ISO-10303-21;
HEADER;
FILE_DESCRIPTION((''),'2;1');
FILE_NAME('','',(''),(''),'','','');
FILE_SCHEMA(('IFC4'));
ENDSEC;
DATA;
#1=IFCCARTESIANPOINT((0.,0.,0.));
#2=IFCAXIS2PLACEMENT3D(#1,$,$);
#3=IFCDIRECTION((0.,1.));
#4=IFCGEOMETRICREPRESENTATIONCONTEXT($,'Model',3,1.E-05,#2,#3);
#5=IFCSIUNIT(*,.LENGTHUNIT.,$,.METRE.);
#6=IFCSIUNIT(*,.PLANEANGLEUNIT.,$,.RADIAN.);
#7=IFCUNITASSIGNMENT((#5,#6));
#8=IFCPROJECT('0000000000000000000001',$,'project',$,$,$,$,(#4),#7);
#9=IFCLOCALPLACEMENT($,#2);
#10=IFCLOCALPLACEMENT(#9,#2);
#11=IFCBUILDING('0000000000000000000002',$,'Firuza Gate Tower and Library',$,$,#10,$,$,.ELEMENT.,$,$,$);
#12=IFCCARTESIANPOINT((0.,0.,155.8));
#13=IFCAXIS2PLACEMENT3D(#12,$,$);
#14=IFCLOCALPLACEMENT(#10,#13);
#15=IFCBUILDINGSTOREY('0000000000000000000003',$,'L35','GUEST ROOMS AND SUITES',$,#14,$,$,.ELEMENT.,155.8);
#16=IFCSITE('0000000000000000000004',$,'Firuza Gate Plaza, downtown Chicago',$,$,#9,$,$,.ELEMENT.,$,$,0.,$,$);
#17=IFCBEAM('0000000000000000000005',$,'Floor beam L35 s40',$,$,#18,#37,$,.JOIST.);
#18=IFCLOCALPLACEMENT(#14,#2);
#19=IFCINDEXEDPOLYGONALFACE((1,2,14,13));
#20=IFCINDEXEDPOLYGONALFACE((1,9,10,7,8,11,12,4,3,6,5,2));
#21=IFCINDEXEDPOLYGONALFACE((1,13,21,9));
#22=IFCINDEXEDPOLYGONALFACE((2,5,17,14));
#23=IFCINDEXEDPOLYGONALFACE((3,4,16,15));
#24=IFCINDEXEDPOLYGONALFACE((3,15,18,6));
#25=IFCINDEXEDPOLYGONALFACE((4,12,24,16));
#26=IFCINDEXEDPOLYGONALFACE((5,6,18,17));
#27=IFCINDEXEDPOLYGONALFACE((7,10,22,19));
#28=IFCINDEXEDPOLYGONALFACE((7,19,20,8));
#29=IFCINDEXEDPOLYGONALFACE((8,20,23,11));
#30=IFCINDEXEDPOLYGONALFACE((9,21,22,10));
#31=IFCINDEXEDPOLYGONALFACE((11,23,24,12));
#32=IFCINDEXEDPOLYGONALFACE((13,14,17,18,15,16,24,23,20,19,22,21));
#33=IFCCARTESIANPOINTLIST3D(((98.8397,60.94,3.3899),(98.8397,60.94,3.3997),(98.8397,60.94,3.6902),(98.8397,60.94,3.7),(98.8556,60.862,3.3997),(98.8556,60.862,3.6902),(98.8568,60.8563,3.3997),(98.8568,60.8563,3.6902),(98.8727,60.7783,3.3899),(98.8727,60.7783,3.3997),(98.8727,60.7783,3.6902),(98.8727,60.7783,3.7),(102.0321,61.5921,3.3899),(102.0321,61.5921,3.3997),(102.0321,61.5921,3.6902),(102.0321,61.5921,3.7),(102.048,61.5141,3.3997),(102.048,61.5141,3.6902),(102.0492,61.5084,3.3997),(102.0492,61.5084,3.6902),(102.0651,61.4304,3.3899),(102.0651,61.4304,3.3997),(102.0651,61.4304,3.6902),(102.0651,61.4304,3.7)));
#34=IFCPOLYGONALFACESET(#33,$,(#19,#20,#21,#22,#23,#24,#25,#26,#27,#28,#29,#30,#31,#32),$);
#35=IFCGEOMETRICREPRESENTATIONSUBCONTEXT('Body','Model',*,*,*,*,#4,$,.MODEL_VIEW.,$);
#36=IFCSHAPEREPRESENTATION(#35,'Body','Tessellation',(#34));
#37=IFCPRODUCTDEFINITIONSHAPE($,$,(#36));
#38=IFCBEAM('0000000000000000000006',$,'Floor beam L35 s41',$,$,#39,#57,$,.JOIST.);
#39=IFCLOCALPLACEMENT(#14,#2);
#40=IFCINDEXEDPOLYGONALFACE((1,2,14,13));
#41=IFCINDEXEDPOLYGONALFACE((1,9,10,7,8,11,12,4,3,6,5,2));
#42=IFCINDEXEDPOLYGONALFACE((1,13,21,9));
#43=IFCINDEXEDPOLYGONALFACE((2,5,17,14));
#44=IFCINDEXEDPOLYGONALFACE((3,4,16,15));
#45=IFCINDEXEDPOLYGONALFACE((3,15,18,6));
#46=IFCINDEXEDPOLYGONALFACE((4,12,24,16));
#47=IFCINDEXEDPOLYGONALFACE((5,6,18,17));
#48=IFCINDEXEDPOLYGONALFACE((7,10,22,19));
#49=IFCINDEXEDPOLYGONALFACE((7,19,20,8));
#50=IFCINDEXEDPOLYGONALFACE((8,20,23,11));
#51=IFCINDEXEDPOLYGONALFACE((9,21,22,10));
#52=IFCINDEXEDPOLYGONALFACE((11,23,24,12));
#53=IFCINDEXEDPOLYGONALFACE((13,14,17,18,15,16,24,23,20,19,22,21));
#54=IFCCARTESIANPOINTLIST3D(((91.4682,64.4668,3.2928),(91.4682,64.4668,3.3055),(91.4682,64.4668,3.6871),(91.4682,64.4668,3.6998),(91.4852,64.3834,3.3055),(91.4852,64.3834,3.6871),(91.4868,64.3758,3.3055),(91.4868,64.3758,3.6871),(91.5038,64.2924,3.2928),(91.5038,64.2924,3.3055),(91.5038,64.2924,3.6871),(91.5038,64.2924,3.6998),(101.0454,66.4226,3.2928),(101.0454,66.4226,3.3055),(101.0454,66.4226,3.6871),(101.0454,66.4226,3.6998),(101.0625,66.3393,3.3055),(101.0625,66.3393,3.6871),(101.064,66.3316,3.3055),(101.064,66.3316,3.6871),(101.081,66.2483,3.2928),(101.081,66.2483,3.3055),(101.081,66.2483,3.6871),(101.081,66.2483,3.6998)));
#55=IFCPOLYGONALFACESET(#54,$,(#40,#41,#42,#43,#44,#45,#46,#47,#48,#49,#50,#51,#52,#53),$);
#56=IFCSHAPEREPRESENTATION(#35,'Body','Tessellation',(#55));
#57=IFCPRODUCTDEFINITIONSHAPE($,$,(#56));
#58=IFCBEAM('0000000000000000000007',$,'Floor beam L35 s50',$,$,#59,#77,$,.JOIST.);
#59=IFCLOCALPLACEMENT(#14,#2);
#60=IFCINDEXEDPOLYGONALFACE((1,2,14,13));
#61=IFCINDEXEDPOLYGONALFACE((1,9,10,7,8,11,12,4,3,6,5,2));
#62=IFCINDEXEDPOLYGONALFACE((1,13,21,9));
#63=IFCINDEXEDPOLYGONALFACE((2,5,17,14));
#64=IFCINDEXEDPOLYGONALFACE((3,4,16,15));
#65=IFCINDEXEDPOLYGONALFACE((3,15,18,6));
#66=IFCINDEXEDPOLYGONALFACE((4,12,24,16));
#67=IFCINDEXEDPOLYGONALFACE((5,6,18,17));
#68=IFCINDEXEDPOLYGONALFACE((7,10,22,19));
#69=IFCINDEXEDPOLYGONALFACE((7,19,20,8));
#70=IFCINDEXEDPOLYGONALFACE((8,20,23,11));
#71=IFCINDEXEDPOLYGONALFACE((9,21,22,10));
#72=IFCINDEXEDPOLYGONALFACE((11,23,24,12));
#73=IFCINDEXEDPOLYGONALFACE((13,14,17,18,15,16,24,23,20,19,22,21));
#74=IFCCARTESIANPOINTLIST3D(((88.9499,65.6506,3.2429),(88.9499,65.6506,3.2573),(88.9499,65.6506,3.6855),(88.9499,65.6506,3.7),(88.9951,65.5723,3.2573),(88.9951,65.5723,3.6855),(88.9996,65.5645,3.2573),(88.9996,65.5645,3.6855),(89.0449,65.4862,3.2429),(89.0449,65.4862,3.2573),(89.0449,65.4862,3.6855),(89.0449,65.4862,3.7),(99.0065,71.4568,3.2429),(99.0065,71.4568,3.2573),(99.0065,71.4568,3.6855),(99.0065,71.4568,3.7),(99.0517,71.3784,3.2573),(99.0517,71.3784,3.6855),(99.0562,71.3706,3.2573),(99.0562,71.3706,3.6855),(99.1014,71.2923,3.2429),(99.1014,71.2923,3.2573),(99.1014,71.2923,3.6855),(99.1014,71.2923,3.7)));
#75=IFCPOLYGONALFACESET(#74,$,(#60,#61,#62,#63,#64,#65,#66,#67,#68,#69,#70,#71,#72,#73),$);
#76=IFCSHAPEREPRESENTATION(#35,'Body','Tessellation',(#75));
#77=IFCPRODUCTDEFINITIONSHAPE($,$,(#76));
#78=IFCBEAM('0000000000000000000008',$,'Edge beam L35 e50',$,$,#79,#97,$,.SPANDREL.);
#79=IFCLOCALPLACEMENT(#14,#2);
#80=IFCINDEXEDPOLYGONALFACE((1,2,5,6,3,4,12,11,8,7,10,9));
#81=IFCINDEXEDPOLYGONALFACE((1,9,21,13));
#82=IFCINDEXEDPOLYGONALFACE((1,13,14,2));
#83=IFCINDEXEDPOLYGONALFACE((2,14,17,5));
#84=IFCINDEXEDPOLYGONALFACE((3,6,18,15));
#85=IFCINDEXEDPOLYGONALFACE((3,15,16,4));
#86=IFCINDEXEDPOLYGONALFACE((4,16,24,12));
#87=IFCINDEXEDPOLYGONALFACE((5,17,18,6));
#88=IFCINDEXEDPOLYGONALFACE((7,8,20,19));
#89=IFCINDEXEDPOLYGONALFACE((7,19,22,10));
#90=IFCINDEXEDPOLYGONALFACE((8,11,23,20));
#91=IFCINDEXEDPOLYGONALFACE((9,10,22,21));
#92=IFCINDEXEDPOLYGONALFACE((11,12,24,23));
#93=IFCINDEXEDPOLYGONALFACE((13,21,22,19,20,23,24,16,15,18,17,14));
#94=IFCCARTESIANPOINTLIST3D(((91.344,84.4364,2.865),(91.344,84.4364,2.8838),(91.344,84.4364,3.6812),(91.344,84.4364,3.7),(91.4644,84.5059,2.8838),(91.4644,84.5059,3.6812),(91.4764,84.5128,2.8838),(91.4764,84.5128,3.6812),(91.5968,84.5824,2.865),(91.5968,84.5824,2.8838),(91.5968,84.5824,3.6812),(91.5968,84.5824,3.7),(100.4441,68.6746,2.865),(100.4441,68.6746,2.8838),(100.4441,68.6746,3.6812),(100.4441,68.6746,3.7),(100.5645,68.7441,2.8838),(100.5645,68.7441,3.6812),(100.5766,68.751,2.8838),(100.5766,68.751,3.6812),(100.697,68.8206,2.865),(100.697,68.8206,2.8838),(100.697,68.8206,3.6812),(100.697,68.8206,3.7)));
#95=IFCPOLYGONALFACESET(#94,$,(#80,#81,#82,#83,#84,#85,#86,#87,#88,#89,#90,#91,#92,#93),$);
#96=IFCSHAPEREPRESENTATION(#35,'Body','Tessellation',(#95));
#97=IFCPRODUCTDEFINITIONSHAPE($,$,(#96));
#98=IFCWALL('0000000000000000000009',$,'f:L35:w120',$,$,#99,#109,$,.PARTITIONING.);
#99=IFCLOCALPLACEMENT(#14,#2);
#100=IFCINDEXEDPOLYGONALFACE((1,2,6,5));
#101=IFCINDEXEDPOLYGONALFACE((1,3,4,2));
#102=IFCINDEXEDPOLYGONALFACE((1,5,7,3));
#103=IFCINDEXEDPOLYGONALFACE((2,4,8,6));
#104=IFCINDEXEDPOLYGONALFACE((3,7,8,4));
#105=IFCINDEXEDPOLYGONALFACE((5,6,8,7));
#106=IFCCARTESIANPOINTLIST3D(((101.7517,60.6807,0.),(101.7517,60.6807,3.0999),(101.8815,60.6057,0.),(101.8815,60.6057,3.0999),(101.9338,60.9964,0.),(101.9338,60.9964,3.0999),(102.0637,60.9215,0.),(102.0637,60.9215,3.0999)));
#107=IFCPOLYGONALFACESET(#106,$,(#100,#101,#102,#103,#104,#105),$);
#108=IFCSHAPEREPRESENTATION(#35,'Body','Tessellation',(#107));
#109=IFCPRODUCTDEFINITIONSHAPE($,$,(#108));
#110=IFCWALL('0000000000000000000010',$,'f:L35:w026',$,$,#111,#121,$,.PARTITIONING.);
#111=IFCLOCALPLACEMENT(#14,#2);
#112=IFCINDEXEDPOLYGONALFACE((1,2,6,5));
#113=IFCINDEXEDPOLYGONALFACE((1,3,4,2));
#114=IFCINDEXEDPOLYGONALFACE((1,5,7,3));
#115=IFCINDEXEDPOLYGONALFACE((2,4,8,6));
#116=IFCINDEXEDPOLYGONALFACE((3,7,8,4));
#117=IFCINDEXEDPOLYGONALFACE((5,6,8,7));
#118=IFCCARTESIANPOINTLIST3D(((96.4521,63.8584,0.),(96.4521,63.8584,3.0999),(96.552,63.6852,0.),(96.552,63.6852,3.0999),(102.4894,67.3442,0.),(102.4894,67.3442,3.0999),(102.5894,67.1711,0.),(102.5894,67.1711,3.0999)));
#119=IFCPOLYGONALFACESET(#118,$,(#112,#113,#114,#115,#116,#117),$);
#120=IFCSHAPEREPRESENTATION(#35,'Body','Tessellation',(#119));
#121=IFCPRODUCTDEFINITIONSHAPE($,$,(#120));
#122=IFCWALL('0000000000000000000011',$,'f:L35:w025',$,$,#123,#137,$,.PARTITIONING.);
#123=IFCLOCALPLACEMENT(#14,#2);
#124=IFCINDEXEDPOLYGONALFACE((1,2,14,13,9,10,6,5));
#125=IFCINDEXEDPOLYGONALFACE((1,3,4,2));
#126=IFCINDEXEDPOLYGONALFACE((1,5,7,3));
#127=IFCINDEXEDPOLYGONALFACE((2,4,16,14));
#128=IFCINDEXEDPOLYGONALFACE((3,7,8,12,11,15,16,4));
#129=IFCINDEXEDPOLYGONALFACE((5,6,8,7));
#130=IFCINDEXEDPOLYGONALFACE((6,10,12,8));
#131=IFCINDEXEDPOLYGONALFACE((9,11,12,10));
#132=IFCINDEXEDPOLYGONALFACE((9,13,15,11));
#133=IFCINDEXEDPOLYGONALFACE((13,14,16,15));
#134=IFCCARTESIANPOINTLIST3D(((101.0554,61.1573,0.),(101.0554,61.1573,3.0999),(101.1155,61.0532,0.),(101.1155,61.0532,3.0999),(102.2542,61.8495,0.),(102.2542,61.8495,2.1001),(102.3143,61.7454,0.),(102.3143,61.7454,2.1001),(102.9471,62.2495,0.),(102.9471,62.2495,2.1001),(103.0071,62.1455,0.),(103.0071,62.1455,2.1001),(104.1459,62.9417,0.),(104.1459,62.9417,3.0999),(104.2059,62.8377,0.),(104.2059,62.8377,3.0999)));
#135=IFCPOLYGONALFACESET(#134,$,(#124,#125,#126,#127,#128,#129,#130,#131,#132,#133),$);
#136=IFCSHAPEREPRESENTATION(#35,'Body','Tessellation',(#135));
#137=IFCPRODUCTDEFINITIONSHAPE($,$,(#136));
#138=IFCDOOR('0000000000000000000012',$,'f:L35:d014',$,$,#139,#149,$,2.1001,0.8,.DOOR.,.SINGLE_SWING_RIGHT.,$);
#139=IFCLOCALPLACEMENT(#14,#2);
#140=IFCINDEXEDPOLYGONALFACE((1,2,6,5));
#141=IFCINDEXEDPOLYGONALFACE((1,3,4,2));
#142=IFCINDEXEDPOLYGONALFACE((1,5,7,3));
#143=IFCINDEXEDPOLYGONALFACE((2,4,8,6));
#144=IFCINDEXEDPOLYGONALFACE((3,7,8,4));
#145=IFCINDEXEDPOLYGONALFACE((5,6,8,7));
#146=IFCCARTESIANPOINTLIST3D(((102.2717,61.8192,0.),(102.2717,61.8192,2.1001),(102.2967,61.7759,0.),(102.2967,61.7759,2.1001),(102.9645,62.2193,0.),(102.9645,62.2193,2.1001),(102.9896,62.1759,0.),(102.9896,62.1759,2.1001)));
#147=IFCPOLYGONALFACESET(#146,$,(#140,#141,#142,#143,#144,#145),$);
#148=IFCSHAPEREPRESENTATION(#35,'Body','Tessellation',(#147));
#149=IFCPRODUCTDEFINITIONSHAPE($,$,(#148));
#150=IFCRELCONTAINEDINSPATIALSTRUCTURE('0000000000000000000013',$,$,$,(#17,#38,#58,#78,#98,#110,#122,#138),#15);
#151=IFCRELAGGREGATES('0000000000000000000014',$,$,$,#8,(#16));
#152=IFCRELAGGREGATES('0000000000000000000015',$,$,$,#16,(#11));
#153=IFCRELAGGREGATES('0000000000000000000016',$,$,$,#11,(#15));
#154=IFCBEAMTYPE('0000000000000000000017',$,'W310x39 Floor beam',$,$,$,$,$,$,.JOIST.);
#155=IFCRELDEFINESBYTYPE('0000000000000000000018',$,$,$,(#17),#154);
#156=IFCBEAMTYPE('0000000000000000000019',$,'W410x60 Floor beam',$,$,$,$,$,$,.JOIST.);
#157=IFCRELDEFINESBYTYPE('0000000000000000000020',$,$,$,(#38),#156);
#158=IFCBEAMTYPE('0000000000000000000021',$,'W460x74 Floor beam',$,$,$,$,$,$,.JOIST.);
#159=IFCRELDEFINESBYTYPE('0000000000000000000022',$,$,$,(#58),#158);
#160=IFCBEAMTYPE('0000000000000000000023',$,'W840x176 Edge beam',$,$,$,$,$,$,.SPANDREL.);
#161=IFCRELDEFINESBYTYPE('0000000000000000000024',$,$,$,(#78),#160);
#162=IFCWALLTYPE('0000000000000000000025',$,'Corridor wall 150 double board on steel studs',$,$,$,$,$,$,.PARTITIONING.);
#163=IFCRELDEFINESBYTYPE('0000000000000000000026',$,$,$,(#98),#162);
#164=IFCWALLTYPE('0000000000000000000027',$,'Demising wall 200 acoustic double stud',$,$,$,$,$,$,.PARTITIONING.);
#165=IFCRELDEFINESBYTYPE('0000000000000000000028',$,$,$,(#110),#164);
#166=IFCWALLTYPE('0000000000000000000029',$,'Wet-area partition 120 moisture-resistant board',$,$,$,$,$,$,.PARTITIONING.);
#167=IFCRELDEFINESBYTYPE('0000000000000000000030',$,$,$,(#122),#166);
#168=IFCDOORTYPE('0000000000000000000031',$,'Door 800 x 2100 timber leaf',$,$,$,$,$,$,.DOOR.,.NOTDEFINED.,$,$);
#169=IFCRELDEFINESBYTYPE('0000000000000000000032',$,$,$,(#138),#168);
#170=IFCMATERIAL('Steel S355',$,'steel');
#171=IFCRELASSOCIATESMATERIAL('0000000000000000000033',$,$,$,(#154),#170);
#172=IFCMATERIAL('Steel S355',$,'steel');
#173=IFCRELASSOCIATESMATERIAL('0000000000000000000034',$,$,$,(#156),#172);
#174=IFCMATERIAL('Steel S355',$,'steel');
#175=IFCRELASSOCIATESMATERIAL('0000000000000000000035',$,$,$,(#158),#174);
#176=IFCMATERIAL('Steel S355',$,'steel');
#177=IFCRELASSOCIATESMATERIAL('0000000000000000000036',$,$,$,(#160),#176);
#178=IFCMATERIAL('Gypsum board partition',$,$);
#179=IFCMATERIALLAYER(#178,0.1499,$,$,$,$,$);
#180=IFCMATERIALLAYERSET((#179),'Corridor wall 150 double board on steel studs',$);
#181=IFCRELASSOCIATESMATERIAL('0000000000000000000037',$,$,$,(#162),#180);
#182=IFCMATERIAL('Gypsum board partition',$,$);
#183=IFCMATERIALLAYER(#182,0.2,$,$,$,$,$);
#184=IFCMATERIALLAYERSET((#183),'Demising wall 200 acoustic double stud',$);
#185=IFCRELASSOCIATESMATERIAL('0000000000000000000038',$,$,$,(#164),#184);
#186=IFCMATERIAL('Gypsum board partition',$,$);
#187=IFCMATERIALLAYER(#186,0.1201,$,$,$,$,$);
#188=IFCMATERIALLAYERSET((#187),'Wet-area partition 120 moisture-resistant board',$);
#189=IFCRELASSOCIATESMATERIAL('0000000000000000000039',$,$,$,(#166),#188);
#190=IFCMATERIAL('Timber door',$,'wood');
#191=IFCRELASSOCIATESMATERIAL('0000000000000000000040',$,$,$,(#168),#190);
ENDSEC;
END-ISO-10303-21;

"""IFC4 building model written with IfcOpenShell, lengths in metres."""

from ifc_helpers import new_model, si_unit, direction, frame, frame_2d, origin, origin_2d, place, context, subcontext, project, spatial, rectangle, i_section, extrude, material, layer, layer_set, material_profile, profile_set, type_object, element, fill, save


model = new_model("IFC4")

# Units and contexts
model_context = context("Model", 3, precision=1e-05, world=origin(), true_north=direction((0.0, 1.0)))
body_context = subcontext(model_context, "Body", "Model", "MODEL_VIEW")
ifc_project = project(units=[si_unit("LENGTHUNIT", "METRE"), si_unit("PLANEANGLEUNIT", "RADIAN")], contexts=[model_context])

# Site, building, storey
site_placement = place(None, origin())
site = spatial("IfcSite", under=ifc_project, at=site_placement, Name="Firuza Gate Plaza, downtown Chicago", CompositionType="ELEMENT", RefElevation=0.0)
building_placement = place(site_placement, origin())
building = spatial("IfcBuilding", under=site, at=building_placement, Name="Firuza Gate Tower and Library", CompositionType="ELEMENT")
storey_placement = place(building_placement, frame((0.0, 0.0, 155.8)))
storey = spatial("IfcBuildingStorey", under=building, at=storey_placement, Name="L35", Description="GUEST ROOMS AND SUITES", CompositionType="ELEMENT", Elevation=155.8)

# Beams
ifc_material_1 = material(Name="Steel S355", Category="steel")
ifc_material_profile_1 = material_profile(ifc_material_1, i_section(OverallWidth=0.165, OverallDepth=0.3101, WebThickness=0.0059, FlangeThickness=0.0098, at=origin_2d()))
ifc_profile_set_1 = profile_set([ifc_material_profile_1], Name="Steel S355")
beam_type_1 = type_object("IfcBeamType", Name="W310x39 Floor beam", PredefinedType="JOIST", material=ifc_profile_set_1)
beam_1_placement = place(storey_placement, frame((102.0486, 61.5112, 3.5449), z_axis=(-0.979768, -0.200135, 0.0), x_axis=(0.200135, -0.979768, 0.0)))
element("IfcBeam", 1, at=beam_1_placement, inside=storey, type_object=beam_type_1, Name="Floor beam L35 s40", PredefinedType="JOIST", context=body_context, shape_type="SweptSolid", body=[
    extrude(i_section(OverallWidth=0.165, OverallDepth=0.3101, WebThickness=0.0059, FlangeThickness=0.0098, at=origin_2d()), origin(), (0.0, 0.0, 1.0), 3.2583),
])
ifc_material_2 = material(Name="Steel S355", Category="steel")
ifc_material_profile_2 = material_profile(ifc_material_2, i_section(OverallWidth=0.178, OverallDepth=0.407, WebThickness=0.0078, FlangeThickness=0.0127, at=origin_2d()))
ifc_profile_set_2 = profile_set([ifc_material_profile_2], Name="Steel S355")
beam_type_2 = type_object("IfcBeamType", Name="W410x60 Floor beam", PredefinedType="JOIST", material=ifc_profile_set_2)
beam_2_placement = place(storey_placement, frame((101.0632, 66.3354, 3.4963), z_axis=(-0.979778, -0.200087, 0.0), x_axis=(0.200087, -0.979778, 0.0)))
element("IfcBeam", 2, at=beam_2_placement, inside=storey, type_object=beam_type_2, Name="Floor beam L35 s41", PredefinedType="JOIST", context=body_context, shape_type="SweptSolid", body=[
    extrude(i_section(OverallWidth=0.178, OverallDepth=0.407, WebThickness=0.0078, FlangeThickness=0.0127, at=origin_2d()), origin(), (0.0, 0.0, 1.0), 9.7749),
])
ifc_material_3 = material(Name="Steel S355", Category="steel")
ifc_material_profile_3 = material_profile(ifc_material_3, i_section(OverallWidth=0.1899, OverallDepth=0.457, WebThickness=0.009, FlangeThickness=0.0144, at=origin_2d()))
ifc_profile_set_3 = profile_set([ifc_material_profile_3], Name="Steel S355")
beam_type_3 = type_object("IfcBeamType", Name="W460x74 Floor beam", PredefinedType="JOIST", material=ifc_profile_set_3)
beam_3_placement = place(storey_placement, frame((99.054, 71.3745, 3.4714), z_axis=(-0.866027, -0.499997, 0.0), x_axis=(0.499997, -0.866027, 0.0)))
element("IfcBeam", 3, at=beam_3_placement, inside=storey, type_object=beam_type_3, Name="Floor beam L35 s50", PredefinedType="JOIST", context=body_context, shape_type="SweptSolid", body=[
    extrude(i_section(OverallWidth=0.1899, OverallDepth=0.457, WebThickness=0.009, FlangeThickness=0.0144, at=origin_2d()), origin(), (0.0, 0.0, 1.0), 11.6123),
])
ifc_material_4 = material(Name="Steel S355", Category="steel")
ifc_material_profile_4 = material_profile(ifc_material_4, i_section(OverallWidth=0.292, OverallDepth=0.835, WebThickness=0.0139, FlangeThickness=0.0188, at=origin_2d()))
ifc_profile_set_4 = profile_set([ifc_material_profile_4], Name="Steel S355")
beam_type_4 = type_object("IfcBeamType", Name="W840x176 Edge beam", PredefinedType="SPANDREL", material=ifc_profile_set_4)
beam_4_placement = place(storey_placement, frame((100.5706, 68.7476, 3.2825), z_axis=(-0.500003, 0.866024, 0.0), x_axis=(-0.866024, -0.500003, 0.0)))
element("IfcBeam", 4, at=beam_4_placement, inside=storey, type_object=beam_type_4, Name="Edge beam L35 e50", PredefinedType="SPANDREL", context=body_context, shape_type="SweptSolid", body=[
    extrude(i_section(OverallWidth=0.292, OverallDepth=0.835, WebThickness=0.0139, FlangeThickness=0.0188, at=origin_2d()), origin(), (0.0, 0.0, 1.0), 18.2002),
])

# Walls
ifc_material_5 = material(Name="Gypsum board partition")
ifc_layer_1 = layer(ifc_material_5, 0.1499)
ifc_layer_set_1 = layer_set([ifc_layer_1], Name="Corridor wall 150 double board on steel studs")
wall_type_1 = type_object("IfcWallType", Name="Corridor wall 150 double board on steel studs", PredefinedType="PARTITIONING", material=ifc_layer_set_1)
wall_1_placement = place(storey_placement, frame((101.8167, 60.6433, 0.0), z_axis=(0.0, 0.0, 1.0), x_axis=(0.499742, 0.866174, 0.0)))
element("IfcWall", 5, at=wall_1_placement, inside=storey, type_object=wall_type_1, Name="f:L35:w120", PredefinedType="PARTITIONING", context=body_context, shape_type="SweptSolid", body=[
    extrude(rectangle(XDim=0.3645, YDim=0.1499, at=frame_2d((0.1821, 0.0))), origin(), (0.0, 0.0, 1.0), 3.0999),
])
ifc_material_6 = material(Name="Gypsum board partition")
ifc_layer_2 = layer(ifc_material_6, 0.2)
ifc_layer_set_2 = layer_set([ifc_layer_2], Name="Demising wall 200 acoustic double stud")
wall_type_2 = type_object("IfcWallType", Name="Demising wall 200 acoustic double stud", PredefinedType="PARTITIONING", material=ifc_layer_set_2)
wall_2_placement = place(storey_placement, frame((96.502, 63.7717, 0.0), z_axis=(0.0, 0.0, 1.0), x_axis=(0.866015, 0.500019, 0.0)))
element("IfcWall", 6, at=wall_2_placement, inside=storey, type_object=wall_type_2, Name="f:L35:w026", PredefinedType="PARTITIONING", context=body_context, shape_type="SweptSolid", body=[
    extrude(rectangle(XDim=6.9714, YDim=0.2, at=frame_2d((3.4858, 0.0))), origin(), (0.0, 0.0, 1.0), 3.0999),
])

# Wall, opening, door
ifc_material_7 = material(Name="Gypsum board partition")
ifc_layer_3 = layer(ifc_material_7, 0.1201)
ifc_layer_set_3 = layer_set([ifc_layer_3], Name="Wet-area partition 120 moisture-resistant board")
wall_type_3 = type_object("IfcWallType", Name="Wet-area partition 120 moisture-resistant board", PredefinedType="PARTITIONING", material=ifc_layer_set_3)
wall_3_placement = place(storey_placement, frame((104.1758, 62.8896, 0.0), z_axis=(0.0, 0.0, 1.0), x_axis=(-0.865999, -0.500046, 0.0)))
wall_3 = element("IfcWall", 7, at=wall_3_placement, inside=storey, type_object=wall_type_3, Name="f:L35:w025", PredefinedType="PARTITIONING", context=body_context, shape_type="SweptSolid", body=[
    extrude(rectangle(XDim=3.5686, YDim=0.1201, at=frame_2d((1.7842, 0.0))), origin(), (0.0, 0.0, 1.0), 3.0999),
])
opening_1_placement = place(wall_3_placement, frame((1.3843, 0.0, 0.0)))
opening_1 = element("IfcOpeningElement", 8, at=opening_1_placement, cuts=wall_3, PredefinedType="OPENING", context=body_context, shape_type="SweptSolid", body=[
    extrude(rectangle(XDim=0.8, YDim=2.1001, at=frame_2d((0.3999, 1.05))), frame((0.0, 0.0701, 0.0), z_axis=(0.0, -1.0, 0.0), x_axis=(1.0, 0.0, 0.0)), (0.0, 0.0, 1.0), 0.1401),
])
ifc_material_8 = material(Name="Timber door", Category="wood")
door_type = type_object("IfcDoorType", Name="Door 800 x 2100 timber leaf", OperationType="NOTDEFINED", PredefinedType="DOOR", material=ifc_material_8)
door_1_placement = place(opening_1_placement, origin())
door_1 = element("IfcDoor", 9, at=door_1_placement, inside=storey, type_object=door_type, Name="f:L35:d014", OperationType="SINGLE_SWING_RIGHT", OverallHeight=2.1001, OverallWidth=0.8, PredefinedType="DOOR", context=body_context, shape_type="SweptSolid", body=[
    extrude(rectangle(XDim=0.8, YDim=2.1001, at=frame_2d((0.3999, 1.05))), frame((0.0, 0.0249, 0.0), z_axis=(0.0, -1.0, 0.0), x_axis=(1.0, 0.0, 0.0)), (0.0, 0.0, 1.0), 0.05),
])
fill(opening_1, door_1)

save(model, "model.ifc")
